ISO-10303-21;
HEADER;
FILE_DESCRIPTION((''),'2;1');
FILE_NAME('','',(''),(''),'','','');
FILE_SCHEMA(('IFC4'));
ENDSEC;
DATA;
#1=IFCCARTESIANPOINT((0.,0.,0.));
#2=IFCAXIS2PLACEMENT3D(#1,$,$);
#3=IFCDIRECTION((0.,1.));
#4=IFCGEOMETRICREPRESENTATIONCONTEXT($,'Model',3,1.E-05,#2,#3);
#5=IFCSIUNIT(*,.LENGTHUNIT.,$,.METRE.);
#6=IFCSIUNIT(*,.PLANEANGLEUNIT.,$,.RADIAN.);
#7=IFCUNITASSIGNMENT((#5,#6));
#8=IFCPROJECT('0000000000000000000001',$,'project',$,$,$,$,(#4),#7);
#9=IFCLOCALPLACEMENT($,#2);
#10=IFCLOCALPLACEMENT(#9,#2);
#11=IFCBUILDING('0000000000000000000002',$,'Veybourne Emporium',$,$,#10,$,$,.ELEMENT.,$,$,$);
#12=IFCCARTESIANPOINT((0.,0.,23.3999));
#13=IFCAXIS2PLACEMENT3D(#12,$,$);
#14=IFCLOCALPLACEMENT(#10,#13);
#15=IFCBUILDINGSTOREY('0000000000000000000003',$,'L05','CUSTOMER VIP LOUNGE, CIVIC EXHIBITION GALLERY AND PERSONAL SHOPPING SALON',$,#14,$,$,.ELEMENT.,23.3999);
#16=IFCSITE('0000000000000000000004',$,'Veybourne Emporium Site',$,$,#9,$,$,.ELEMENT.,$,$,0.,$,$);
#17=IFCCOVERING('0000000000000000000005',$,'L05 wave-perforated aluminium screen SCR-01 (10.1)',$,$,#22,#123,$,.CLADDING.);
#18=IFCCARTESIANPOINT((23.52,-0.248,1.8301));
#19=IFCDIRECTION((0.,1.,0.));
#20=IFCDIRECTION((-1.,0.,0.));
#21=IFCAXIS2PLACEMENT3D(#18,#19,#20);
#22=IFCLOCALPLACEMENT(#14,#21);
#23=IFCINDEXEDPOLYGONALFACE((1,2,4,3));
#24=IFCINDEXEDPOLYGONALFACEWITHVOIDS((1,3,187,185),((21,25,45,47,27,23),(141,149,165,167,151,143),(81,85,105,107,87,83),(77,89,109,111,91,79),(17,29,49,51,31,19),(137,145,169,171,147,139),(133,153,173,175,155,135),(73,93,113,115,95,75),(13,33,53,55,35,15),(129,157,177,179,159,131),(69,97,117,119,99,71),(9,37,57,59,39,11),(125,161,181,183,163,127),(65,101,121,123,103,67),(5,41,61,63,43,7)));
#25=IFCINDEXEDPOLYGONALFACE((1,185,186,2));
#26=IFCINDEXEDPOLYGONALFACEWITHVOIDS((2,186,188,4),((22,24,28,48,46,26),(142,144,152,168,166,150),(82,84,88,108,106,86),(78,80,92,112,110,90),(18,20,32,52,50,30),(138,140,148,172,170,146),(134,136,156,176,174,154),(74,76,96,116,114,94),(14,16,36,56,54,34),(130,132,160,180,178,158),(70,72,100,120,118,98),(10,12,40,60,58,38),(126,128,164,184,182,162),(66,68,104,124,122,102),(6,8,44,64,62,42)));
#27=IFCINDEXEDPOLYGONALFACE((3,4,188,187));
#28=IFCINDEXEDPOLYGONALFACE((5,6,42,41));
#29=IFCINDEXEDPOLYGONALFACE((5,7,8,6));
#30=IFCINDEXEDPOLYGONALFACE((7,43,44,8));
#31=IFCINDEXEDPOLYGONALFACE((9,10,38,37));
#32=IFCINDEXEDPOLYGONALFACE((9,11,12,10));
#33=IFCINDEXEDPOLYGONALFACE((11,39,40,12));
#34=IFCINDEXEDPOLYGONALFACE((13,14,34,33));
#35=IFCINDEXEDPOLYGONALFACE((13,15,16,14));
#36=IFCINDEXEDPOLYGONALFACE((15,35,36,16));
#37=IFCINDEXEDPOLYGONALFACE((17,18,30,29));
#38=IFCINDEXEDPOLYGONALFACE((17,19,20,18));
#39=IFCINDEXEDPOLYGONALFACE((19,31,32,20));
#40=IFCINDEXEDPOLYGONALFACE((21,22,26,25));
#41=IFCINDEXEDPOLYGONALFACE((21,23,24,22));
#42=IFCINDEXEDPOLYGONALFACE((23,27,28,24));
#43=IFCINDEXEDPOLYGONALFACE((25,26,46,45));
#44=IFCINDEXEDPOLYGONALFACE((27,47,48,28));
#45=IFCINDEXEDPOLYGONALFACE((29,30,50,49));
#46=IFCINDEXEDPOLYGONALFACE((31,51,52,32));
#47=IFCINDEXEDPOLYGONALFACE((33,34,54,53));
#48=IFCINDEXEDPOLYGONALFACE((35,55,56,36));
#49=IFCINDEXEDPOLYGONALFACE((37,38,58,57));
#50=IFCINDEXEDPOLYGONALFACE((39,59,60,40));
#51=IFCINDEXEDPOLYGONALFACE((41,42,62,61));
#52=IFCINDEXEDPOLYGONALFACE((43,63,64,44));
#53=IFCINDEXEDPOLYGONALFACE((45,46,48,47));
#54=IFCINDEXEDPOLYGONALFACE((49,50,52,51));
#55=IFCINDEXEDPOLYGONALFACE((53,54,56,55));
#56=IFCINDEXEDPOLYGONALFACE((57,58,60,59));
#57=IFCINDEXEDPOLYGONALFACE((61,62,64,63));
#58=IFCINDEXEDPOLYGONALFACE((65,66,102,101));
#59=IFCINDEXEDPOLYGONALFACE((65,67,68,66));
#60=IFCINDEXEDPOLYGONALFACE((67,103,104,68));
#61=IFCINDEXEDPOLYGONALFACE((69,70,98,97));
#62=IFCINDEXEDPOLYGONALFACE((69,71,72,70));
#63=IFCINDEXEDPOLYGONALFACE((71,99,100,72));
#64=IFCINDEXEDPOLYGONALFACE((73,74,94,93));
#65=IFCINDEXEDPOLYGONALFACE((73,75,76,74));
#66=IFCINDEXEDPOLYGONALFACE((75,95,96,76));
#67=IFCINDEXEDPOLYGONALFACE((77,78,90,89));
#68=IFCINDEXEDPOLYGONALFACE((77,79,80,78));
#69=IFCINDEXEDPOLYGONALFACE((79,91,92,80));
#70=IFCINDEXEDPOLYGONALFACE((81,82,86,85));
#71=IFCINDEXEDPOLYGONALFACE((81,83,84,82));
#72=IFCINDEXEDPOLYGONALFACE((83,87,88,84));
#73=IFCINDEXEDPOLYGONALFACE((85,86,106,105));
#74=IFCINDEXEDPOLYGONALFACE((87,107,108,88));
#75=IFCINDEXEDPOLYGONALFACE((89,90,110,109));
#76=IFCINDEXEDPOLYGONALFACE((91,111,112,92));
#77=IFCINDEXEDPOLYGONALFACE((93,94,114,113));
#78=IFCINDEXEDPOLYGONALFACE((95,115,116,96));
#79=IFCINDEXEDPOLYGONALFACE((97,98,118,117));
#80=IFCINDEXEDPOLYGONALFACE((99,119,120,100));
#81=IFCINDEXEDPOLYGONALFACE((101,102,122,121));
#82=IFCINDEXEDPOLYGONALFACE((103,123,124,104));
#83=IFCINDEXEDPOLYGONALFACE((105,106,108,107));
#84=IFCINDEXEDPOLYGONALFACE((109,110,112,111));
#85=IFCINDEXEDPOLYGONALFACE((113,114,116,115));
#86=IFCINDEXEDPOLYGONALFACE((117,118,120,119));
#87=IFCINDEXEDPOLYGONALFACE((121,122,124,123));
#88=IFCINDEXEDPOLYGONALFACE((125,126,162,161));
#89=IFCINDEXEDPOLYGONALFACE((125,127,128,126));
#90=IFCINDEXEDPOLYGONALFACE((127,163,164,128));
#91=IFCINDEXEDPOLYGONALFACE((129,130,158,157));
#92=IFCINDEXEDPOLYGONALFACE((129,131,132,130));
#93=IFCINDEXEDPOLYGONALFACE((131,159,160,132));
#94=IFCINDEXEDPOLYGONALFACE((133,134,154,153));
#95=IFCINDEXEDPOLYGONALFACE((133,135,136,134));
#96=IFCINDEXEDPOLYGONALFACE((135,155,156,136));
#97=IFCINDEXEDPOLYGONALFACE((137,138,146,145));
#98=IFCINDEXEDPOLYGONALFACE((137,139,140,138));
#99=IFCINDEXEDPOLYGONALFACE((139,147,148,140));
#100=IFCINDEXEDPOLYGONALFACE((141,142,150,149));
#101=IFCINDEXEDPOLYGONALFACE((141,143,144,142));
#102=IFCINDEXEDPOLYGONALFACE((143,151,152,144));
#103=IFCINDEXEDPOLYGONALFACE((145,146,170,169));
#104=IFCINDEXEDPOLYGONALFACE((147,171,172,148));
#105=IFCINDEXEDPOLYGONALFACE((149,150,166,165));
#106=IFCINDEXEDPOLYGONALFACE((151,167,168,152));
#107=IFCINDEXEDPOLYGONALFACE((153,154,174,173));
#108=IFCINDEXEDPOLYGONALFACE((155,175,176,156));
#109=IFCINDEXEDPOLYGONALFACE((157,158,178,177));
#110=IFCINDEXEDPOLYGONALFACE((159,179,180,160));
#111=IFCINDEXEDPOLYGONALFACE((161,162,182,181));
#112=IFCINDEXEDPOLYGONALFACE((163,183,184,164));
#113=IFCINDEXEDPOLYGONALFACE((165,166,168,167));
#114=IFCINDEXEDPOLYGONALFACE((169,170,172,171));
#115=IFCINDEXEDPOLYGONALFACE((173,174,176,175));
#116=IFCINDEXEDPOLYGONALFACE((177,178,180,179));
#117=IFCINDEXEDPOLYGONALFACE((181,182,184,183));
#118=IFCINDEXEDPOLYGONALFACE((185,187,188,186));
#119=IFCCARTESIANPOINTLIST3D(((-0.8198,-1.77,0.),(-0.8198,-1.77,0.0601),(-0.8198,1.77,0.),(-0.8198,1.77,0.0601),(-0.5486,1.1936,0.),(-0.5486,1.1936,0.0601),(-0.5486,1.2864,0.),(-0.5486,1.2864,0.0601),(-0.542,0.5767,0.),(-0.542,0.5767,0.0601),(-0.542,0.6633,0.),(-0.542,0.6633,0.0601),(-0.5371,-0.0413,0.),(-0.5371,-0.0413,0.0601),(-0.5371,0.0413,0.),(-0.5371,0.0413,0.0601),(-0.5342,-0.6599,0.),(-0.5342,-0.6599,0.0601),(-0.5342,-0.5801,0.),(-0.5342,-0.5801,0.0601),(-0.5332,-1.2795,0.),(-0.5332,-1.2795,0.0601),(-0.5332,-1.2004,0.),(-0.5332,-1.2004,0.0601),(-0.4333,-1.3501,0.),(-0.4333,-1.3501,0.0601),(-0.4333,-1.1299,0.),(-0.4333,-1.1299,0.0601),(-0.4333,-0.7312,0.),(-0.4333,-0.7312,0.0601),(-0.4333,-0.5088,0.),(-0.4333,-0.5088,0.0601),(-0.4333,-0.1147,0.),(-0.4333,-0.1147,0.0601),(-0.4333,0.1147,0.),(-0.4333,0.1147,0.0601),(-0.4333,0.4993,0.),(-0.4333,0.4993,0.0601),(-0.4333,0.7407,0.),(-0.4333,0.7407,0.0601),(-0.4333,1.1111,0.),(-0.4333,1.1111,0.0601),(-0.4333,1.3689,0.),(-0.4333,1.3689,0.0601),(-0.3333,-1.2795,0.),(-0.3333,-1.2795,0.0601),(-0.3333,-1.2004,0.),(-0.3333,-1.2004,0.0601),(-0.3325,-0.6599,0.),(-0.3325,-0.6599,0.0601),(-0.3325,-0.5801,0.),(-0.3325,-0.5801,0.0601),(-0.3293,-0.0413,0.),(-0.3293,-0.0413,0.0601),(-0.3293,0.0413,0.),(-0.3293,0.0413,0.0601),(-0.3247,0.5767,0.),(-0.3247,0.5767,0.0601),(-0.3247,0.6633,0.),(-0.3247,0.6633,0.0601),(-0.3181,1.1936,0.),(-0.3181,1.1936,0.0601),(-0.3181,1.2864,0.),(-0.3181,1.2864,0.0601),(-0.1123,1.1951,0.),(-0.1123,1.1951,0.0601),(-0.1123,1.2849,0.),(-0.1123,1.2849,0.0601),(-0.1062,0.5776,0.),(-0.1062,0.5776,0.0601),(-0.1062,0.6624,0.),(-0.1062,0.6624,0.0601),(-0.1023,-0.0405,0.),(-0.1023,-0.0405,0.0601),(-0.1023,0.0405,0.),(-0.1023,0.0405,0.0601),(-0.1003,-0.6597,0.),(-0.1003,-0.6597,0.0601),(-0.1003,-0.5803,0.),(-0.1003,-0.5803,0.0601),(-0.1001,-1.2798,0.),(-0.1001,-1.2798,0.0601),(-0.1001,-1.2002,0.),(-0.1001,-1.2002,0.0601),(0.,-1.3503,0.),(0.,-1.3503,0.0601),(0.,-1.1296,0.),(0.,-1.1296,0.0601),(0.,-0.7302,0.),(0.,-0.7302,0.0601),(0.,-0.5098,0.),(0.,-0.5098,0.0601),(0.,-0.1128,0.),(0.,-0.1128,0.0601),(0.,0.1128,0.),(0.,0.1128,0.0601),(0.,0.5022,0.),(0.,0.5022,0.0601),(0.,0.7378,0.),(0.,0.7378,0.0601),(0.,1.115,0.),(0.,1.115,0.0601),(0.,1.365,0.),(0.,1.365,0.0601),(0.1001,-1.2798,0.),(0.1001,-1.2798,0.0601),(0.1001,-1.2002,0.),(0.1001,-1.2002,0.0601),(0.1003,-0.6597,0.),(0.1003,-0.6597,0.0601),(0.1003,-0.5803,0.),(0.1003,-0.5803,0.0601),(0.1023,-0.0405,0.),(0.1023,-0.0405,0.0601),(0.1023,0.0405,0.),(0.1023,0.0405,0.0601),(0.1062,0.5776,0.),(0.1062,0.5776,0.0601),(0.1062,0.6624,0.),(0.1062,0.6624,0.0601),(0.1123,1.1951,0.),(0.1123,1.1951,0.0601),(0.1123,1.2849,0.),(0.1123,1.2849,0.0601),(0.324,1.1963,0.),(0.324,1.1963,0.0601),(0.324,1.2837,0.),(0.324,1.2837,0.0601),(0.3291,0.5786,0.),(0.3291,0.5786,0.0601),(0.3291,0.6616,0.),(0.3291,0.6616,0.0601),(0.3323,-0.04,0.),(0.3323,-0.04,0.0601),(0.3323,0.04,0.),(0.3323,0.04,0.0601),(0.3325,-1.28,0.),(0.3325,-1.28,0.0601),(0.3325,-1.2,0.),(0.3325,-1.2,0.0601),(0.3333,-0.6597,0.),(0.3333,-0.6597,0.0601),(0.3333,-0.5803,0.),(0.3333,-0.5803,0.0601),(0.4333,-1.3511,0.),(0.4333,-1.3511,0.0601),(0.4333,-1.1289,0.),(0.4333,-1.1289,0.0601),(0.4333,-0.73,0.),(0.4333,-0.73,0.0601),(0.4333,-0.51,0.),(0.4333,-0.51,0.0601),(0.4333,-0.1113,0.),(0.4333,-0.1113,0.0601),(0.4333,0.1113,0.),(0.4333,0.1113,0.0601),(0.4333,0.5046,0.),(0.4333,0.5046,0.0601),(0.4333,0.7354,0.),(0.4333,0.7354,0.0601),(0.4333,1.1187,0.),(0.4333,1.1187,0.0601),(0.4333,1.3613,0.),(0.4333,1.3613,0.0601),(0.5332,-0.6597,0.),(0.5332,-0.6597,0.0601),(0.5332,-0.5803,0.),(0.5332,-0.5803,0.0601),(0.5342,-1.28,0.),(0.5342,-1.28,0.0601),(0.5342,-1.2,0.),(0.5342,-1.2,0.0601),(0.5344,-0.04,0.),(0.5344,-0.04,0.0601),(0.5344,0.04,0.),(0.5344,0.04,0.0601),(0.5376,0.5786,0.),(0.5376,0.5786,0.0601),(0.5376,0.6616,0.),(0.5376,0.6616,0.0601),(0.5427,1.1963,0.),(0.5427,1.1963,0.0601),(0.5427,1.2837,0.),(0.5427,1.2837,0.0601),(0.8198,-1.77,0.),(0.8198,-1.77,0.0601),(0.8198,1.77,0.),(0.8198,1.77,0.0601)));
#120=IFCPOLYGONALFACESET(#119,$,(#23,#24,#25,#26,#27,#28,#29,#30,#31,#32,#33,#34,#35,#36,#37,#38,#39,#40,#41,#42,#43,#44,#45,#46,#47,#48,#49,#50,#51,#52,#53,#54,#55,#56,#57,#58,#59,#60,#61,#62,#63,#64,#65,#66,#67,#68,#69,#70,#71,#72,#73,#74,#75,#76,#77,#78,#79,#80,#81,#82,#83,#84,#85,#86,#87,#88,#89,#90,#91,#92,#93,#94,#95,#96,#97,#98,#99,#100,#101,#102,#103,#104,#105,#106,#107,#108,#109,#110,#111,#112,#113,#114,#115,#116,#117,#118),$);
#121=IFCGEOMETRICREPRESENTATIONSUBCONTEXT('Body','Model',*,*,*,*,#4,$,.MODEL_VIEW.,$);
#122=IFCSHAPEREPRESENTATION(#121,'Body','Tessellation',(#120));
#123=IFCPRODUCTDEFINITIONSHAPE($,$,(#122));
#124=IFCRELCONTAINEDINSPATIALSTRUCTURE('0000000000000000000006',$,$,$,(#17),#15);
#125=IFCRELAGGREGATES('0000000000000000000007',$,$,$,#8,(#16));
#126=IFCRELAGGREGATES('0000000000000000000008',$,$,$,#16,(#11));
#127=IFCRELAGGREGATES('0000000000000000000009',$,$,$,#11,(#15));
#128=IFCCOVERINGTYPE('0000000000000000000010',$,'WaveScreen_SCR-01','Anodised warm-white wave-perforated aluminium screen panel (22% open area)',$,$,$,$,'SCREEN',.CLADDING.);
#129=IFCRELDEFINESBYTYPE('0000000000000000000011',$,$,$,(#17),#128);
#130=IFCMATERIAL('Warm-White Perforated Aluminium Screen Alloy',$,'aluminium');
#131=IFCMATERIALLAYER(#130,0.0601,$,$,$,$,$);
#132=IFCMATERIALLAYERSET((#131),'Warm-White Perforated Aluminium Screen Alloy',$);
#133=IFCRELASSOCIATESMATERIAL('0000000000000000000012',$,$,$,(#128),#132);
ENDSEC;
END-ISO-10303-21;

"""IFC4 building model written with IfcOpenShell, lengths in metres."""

from ifc_helpers import new_model, si_unit, direction, frame, origin, place, context, subcontext, project, spatial, polyline, outline, extrude, material, layer, layer_set, type_object, element, save


model = new_model("IFC4")

# Units and contexts
model_context = context("Model", 3, precision=1e-05, world=origin(), true_north=direction((0.0, 1.0)))
body_context = subcontext(model_context, "Body", "Model", "MODEL_VIEW")
ifc_project = project(units=[si_unit("LENGTHUNIT", "METRE"), si_unit("PLANEANGLEUNIT", "RADIAN")], contexts=[model_context])

# Site, building, storey
site_placement = place(None, origin())
site = spatial("IfcSite", under=ifc_project, at=site_placement, Name="Veybourne Emporium Site", CompositionType="ELEMENT", RefElevation=0.0)
building_placement = place(site_placement, origin())
building = spatial("IfcBuilding", under=site, at=building_placement, Name="Veybourne Emporium", CompositionType="ELEMENT")
storey_placement = place(building_placement, frame((0.0, 0.0, 23.3999)))
storey = spatial("IfcBuildingStorey", under=building, at=storey_placement, Name="L05", Description="CUSTOMER VIP LOUNGE, CIVIC EXHIBITION GALLERY AND PERSONAL SHOPPING SALON", CompositionType="ELEMENT", Elevation=23.3999)

# Covering
ifc_material_1 = material(Name="Warm-White Perforated Aluminium Screen Alloy", Category="aluminium")
ifc_layer_1 = layer(ifc_material_1, 0.0601)
ifc_layer_set_1 = layer_set([ifc_layer_1], Name="Warm-White Perforated Aluminium Screen Alloy")
covering_type_1 = type_object("IfcCoveringType", Name="WaveScreen_SCR-01", Description="Anodised warm-white wave-perforated aluminium screen panel (22% open area)", ElementType="SCREEN", PredefinedType="CLADDING", material=ifc_layer_set_1)
covering_1_placement = place(storey_placement, frame((23.52, -0.248, 1.8301), z_axis=(0.0, 1.0, 0.0), x_axis=(-1.0, 0.0, 0.0)))
element("IfcCovering", 1, at=covering_1_placement, inside=storey, type_object=covering_type_1, Name="L05 wave-perforated aluminium screen SCR-01 (10.1)", PredefinedType="CLADDING", context=body_context, shape_type="SweptSolid", body=[
    extrude(outline(polyline([(-0.8198, -1.77), (0.8198, -1.77), (0.8198, 1.77), (-0.8198, 1.77), (-0.8198, -1.77)]), holes=[polyline([(-0.4333, -1.1299), (-0.3333, -1.2004), (-0.3333, -1.2795), (-0.4333, -1.3501), (-0.5332, -1.2795), (-0.5332, -1.2004), (-0.4333, -1.1299)]), polyline([(-0.4333, -0.5088), (-0.3325, -0.5801), (-0.3325, -0.6599), (-0.4333, -0.7312), (-0.5342, -0.6599), (-0.5342, -0.5801), (-0.4333, -0.5088)]), polyline([(-0.4333, 0.1147), (-0.3293, 0.0413), (-0.3293, -0.0413), (-0.4333, -0.1147), (-0.5371, -0.0413), (-0.5371, 0.0413), (-0.4333, 0.1147)]), polyline([(-0.4333, 0.7407), (-0.3247, 0.6633), (-0.3247, 0.5767), (-0.4333, 0.4993), (-0.542, 0.5767), (-0.542, 0.6633), (-0.4333, 0.7407)]), polyline([(-0.4333, 1.3689), (-0.3181, 1.2864), (-0.3181, 1.1936), (-0.4333, 1.1111), (-0.5486, 1.1936), (-0.5486, 1.2864), (-0.4333, 1.3689)]), polyline([(0.0, -1.1296), (0.1001, -1.2002), (0.1001, -1.2798), (0.0, -1.3503), (-0.1001, -1.2798), (-0.1001, -1.2002), (0.0, -1.1296)]), polyline([(0.0, -0.5098), (0.1003, -0.5803), (0.1003, -0.6597), (0.0, -0.7302), (-0.1003, -0.6597), (-0.1003, -0.5803), (0.0, -0.5098)]), polyline([(0.0, 0.1128), (0.1023, 0.0405), (0.1023, -0.0405), (0.0, -0.1128), (-0.1023, -0.0405), (-0.1023, 0.0405), (0.0, 0.1128)]), polyline([(0.0, 0.7378), (0.1062, 0.6624), (0.1062, 0.5776), (0.0, 0.5022), (-0.1062, 0.5776), (-0.1062, 0.6624), (0.0, 0.7378)]), polyline([(0.0, 1.365), (0.1123, 1.2849), (0.1123, 1.1951), (0.0, 1.115), (-0.1123, 1.1951), (-0.1123, 1.2849), (0.0, 1.365)]), polyline([(0.4333, -1.1289), (0.5342, -1.2), (0.5342, -1.28), (0.4333, -1.3511), (0.3325, -1.28), (0.3325, -1.2), (0.4333, -1.1289)]), polyline([(0.4333, -0.51), (0.5332, -0.5803), (0.5332, -0.6597), (0.4333, -0.73), (0.3333, -0.6597), (0.3333, -0.5803), (0.4333, -0.51)]), polyline([(0.4333, 0.1113), (0.5344, 0.04), (0.5344, -0.04), (0.4333, -0.1113), (0.3323, -0.04), (0.3323, 0.04), (0.4333, 0.1113)]), polyline([(0.4333, 0.7354), (0.5376, 0.6616), (0.5376, 0.5786), (0.4333, 0.5046), (0.3291, 0.5786), (0.3291, 0.6616), (0.4333, 0.7354)]), polyline([(0.4333, 1.3613), (0.5427, 1.2837), (0.5427, 1.1963), (0.4333, 1.1187), (0.324, 1.1963), (0.324, 1.2837), (0.4333, 1.3613)])]), origin(), (0.0, 0.0, 1.0), 0.0601),
])

save(model, "model.ifc")
